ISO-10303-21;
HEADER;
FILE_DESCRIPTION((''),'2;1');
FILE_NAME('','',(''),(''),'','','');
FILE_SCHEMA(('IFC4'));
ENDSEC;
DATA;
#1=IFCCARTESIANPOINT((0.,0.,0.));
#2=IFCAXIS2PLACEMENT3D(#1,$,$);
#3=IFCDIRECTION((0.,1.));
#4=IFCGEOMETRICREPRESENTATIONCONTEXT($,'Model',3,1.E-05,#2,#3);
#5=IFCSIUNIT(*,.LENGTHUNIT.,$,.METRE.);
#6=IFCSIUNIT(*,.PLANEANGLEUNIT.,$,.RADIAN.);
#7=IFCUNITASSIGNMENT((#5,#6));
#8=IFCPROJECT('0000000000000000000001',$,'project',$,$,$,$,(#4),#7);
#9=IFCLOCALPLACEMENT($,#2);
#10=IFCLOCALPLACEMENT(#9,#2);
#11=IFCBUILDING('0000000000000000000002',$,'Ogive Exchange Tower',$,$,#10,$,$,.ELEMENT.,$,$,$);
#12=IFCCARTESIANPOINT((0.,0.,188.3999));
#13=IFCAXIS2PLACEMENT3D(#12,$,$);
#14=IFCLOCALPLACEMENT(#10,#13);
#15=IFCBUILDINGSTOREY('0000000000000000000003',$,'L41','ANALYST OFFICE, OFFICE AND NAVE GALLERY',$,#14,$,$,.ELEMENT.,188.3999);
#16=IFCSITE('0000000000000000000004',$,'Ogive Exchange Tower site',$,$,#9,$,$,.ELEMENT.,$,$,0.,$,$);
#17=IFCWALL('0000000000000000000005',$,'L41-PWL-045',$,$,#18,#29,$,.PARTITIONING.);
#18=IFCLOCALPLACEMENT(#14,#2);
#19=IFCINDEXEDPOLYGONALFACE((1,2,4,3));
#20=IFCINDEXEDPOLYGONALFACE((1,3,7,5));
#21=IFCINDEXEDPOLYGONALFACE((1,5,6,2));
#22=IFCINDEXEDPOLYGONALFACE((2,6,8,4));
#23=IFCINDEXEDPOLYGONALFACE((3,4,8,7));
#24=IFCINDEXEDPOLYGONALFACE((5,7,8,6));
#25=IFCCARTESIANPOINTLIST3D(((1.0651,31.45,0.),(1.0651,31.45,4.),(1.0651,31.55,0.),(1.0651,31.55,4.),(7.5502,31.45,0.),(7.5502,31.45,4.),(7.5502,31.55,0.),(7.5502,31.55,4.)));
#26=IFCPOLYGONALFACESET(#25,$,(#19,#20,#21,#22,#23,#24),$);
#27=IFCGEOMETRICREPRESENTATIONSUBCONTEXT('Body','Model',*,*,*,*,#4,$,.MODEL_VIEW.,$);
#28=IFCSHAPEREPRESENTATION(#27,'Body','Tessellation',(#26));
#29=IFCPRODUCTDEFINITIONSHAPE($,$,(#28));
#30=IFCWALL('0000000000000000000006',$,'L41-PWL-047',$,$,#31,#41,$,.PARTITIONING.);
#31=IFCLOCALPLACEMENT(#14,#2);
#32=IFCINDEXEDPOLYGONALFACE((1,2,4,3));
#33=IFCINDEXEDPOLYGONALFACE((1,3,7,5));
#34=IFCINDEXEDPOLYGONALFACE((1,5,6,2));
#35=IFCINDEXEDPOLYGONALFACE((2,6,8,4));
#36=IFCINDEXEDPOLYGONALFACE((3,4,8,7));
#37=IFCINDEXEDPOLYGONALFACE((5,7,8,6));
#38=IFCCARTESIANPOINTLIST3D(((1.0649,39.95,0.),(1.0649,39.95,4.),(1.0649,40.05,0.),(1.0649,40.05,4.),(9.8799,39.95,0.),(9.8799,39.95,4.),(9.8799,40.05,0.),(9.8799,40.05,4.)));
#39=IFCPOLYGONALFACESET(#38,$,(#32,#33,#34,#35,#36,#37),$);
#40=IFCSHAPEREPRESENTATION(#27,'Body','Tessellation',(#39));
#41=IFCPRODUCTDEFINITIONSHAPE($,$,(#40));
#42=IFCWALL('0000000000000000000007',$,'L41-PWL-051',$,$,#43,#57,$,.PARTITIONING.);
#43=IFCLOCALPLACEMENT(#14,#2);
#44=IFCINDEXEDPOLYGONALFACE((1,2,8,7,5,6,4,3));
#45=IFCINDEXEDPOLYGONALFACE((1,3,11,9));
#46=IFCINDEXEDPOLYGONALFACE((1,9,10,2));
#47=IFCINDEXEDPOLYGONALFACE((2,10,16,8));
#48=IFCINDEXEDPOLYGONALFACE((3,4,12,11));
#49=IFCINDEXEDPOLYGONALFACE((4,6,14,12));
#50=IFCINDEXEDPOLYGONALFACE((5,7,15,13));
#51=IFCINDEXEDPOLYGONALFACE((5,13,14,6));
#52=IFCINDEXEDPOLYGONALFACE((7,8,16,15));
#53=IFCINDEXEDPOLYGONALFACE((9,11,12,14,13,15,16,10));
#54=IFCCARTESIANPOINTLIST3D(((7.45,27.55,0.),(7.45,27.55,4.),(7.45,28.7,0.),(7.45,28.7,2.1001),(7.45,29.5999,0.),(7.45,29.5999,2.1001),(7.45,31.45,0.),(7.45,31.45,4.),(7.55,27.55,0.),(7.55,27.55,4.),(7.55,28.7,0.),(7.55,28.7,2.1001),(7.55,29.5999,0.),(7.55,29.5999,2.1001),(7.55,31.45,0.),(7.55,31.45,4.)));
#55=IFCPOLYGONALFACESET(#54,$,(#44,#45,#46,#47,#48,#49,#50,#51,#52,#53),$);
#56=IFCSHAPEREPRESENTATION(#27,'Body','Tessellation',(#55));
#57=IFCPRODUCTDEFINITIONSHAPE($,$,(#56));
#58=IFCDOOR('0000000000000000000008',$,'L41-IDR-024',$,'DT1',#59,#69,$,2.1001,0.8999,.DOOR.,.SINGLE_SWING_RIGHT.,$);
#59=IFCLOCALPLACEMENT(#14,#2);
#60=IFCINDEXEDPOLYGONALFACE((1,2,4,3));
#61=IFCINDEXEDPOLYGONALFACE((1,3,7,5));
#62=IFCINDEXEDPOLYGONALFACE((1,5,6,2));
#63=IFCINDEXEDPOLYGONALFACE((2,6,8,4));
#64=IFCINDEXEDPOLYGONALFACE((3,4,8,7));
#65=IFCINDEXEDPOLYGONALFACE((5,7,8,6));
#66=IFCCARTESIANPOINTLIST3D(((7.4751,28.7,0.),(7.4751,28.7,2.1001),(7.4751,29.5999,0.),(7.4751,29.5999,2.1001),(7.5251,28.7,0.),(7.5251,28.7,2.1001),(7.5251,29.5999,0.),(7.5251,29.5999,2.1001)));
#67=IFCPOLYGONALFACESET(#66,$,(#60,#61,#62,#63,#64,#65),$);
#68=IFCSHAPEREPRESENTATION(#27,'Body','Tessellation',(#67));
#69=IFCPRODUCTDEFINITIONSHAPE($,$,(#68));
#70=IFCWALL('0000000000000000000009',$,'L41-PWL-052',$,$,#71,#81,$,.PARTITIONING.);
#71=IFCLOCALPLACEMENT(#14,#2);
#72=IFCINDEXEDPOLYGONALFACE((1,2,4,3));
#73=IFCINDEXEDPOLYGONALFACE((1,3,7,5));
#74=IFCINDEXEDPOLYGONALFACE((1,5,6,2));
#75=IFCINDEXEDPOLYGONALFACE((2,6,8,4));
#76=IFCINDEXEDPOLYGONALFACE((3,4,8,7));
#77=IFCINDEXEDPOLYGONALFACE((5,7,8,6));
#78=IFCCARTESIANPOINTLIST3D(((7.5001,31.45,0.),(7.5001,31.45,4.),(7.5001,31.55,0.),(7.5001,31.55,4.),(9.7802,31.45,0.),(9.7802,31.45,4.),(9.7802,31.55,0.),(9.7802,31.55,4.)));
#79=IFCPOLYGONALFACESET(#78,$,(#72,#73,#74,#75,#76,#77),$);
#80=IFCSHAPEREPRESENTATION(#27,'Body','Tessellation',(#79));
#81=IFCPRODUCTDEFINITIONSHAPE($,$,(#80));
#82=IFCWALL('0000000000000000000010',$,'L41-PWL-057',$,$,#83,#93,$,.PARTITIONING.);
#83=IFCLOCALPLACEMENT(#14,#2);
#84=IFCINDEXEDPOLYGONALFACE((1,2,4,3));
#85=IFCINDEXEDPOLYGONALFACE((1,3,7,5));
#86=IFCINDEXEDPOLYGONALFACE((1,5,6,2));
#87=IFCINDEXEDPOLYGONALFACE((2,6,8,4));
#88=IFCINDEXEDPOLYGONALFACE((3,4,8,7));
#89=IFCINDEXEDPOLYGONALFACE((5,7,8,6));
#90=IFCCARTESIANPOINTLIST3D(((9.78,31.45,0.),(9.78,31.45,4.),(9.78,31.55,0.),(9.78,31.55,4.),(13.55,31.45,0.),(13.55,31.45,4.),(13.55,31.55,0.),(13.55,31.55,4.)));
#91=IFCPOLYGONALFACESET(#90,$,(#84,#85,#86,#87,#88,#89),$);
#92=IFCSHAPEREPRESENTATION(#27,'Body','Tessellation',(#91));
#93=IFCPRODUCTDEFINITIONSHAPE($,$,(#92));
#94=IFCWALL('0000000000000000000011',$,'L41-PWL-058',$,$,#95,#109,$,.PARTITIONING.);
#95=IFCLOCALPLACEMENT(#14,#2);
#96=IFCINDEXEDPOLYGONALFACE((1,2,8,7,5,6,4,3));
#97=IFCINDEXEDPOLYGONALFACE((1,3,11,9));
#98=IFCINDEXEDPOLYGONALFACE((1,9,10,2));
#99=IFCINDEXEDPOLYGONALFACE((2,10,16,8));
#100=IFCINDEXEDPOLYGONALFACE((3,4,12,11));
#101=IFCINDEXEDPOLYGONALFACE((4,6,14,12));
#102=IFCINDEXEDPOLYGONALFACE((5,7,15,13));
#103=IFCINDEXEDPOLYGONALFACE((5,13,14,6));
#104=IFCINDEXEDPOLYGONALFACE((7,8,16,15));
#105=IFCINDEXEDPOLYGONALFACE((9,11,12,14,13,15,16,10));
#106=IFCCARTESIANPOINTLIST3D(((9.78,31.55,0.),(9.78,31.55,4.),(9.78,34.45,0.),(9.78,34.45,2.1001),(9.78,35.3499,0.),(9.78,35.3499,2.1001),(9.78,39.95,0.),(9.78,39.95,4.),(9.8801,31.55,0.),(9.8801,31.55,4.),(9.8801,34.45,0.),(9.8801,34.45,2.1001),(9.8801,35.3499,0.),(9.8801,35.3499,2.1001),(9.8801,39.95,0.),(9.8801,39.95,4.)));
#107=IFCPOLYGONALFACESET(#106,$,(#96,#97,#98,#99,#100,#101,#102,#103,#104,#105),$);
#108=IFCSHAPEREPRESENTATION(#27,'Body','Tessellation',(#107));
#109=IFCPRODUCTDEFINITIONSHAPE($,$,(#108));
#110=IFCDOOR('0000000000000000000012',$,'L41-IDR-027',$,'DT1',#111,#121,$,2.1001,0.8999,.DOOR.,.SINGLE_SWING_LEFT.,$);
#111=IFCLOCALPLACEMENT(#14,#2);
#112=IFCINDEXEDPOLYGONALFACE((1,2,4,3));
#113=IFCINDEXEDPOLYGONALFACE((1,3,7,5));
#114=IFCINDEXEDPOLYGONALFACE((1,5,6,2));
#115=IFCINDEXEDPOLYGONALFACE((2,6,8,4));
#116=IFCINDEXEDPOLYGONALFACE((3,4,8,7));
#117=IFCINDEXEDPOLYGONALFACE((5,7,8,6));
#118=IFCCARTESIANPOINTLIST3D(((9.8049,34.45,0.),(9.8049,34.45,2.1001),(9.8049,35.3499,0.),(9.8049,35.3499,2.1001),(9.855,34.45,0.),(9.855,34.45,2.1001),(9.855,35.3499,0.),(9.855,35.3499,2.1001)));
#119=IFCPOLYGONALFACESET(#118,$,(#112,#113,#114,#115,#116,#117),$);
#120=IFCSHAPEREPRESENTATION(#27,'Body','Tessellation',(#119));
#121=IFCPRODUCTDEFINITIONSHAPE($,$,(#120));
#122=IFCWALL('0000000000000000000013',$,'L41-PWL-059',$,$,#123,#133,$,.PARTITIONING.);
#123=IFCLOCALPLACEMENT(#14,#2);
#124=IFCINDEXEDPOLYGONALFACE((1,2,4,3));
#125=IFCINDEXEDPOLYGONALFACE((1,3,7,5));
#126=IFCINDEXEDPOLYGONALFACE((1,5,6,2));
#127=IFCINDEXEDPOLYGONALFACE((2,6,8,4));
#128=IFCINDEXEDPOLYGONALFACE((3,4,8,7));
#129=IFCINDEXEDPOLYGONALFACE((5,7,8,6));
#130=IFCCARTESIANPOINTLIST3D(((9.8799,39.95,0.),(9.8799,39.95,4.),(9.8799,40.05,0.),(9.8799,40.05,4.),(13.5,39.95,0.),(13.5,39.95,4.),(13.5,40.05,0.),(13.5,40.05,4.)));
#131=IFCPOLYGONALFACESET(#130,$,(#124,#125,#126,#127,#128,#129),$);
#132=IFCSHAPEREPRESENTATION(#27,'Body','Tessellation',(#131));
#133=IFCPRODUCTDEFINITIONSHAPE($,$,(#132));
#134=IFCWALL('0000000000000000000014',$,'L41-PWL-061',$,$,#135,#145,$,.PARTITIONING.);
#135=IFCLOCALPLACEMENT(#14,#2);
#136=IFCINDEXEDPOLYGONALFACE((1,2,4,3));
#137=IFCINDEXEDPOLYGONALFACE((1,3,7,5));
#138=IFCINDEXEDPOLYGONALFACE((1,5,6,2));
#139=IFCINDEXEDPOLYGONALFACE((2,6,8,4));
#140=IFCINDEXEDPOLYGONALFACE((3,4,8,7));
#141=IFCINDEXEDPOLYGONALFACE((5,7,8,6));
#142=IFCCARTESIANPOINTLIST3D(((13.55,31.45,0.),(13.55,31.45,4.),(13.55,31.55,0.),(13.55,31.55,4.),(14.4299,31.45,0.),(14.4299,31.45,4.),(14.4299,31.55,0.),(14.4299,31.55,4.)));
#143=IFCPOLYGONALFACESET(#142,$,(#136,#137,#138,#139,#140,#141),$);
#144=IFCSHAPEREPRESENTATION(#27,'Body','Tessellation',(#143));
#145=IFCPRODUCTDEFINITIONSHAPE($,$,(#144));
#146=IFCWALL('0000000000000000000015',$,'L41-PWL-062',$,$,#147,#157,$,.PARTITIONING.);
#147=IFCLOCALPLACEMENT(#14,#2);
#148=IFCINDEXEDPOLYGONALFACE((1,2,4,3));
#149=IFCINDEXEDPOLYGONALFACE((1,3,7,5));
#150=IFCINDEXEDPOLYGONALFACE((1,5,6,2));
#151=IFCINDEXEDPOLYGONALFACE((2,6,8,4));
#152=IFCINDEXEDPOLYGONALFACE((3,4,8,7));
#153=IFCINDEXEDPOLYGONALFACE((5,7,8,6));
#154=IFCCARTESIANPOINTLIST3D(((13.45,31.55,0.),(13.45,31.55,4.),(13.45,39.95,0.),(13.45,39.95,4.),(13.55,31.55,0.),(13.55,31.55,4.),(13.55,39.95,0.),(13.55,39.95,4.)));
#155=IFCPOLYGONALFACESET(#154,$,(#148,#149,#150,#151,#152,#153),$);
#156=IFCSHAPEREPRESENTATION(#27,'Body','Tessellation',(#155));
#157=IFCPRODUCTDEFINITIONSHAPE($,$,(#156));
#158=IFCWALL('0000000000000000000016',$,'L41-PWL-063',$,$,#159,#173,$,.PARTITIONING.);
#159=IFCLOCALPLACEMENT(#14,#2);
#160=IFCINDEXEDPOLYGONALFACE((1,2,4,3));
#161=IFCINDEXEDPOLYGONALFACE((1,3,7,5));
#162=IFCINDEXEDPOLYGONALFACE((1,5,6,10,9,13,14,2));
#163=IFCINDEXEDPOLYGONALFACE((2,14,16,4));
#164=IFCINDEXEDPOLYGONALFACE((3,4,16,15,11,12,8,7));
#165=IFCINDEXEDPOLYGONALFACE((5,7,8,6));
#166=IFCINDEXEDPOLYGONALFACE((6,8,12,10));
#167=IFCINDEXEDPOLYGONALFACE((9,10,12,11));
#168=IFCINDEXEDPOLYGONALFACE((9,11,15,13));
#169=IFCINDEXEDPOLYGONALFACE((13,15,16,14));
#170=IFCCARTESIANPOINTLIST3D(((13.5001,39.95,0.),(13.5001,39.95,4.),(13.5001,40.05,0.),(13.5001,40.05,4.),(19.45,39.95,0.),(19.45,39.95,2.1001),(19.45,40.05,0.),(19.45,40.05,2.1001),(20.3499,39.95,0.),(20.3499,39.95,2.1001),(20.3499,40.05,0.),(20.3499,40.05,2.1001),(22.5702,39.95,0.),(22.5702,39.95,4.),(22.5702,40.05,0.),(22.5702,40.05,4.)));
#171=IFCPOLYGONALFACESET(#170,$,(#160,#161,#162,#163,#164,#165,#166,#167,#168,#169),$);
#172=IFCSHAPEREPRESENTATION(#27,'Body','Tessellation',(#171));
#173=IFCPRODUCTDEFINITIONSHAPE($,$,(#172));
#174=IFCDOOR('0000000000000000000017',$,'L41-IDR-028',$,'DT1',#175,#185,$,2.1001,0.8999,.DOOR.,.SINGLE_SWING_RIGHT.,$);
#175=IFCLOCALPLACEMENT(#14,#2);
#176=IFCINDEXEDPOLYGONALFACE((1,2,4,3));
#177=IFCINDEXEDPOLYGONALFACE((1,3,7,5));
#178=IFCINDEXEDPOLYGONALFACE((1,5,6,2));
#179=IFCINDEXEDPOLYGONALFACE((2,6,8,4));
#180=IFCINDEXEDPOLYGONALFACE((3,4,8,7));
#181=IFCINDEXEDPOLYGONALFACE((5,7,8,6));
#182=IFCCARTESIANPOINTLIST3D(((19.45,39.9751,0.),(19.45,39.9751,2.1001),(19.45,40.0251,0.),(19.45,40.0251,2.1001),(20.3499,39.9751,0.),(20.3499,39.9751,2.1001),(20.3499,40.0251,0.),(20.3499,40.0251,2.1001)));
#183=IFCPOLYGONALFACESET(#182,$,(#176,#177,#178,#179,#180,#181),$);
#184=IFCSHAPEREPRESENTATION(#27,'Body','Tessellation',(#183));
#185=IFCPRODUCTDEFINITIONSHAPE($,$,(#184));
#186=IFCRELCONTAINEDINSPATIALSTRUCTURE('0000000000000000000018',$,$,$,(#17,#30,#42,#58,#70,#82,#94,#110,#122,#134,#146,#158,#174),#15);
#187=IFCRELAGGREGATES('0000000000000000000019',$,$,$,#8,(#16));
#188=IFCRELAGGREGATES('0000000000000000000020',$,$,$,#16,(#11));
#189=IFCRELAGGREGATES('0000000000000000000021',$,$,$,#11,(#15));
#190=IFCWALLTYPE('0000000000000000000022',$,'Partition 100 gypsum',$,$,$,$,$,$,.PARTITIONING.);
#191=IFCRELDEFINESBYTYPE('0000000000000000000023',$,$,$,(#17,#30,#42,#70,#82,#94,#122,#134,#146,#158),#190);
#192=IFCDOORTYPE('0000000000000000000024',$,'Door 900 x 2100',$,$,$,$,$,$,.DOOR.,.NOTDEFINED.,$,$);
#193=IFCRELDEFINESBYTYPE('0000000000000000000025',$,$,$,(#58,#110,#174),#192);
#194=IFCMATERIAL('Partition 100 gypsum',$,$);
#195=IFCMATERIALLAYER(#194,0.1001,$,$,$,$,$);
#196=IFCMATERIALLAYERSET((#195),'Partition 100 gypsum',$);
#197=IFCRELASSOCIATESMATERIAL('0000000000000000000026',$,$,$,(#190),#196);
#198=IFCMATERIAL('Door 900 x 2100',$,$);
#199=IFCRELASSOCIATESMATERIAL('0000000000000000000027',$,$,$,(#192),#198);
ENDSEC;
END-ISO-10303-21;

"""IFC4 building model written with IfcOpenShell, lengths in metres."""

from ifc_helpers import new_model, si_unit, direction, frame, frame_2d, origin, place, context, subcontext, project, spatial, rectangle, extrude, material, layer, layer_set, type_object, element, fill, save


model = new_model("IFC4")

# Units and contexts
model_context = context("Model", 3, precision=1e-05, world=origin(), true_north=direction((0.0, 1.0)))
body_context = subcontext(model_context, "Body", "Model", "MODEL_VIEW")
ifc_project = project(units=[si_unit("LENGTHUNIT", "METRE"), si_unit("PLANEANGLEUNIT", "RADIAN")], contexts=[model_context])

# Site, building, storey
site_placement = place(None, origin())
site = spatial("IfcSite", under=ifc_project, at=site_placement, Name="Ogive Exchange Tower site", CompositionType="ELEMENT", RefElevation=0.0)
building_placement = place(site_placement, origin())
building = spatial("IfcBuilding", under=site, at=building_placement, Name="Ogive Exchange Tower", CompositionType="ELEMENT")
storey_placement = place(building_placement, frame((0.0, 0.0, 188.3999)))
storey = spatial("IfcBuildingStorey", under=building, at=storey_placement, Name="L41", Description="ANALYST OFFICE, OFFICE AND NAVE GALLERY", CompositionType="ELEMENT", Elevation=188.3999)

# Walls
ifc_material_1 = material(Name="Partition 100 gypsum")
ifc_layer_1 = layer(ifc_material_1, 0.1001)
ifc_layer_set_1 = layer_set([ifc_layer_1], Name="Partition 100 gypsum")
wall_type_1 = type_object("IfcWallType", Name="Partition 100 gypsum", PredefinedType="PARTITIONING", material=ifc_layer_set_1)
wall_1_placement = place(storey_placement, frame((1.0649, 31.5, 0.0), z_axis=(0.0, 0.0, 1.0), x_axis=(1.0, 0.0, 0.0)))
element("IfcWall", 1, at=wall_1_placement, inside=storey, type_object=wall_type_1, Name="L41-PWL-045", PredefinedType="PARTITIONING", context=body_context, shape_type="SweptSolid", body=[
    extrude(rectangle(XDim=6.4851, YDim=0.1001, at=frame_2d((3.2427, 0.0))), origin(), (0.0, 0.0, 1.0), 4.0),
])
wall_2_placement = place(storey_placement, frame((1.0649, 40.0, 0.0), z_axis=(0.0, 0.0, 1.0), x_axis=(1.0, 0.0, 0.0)))
element("IfcWall", 2, at=wall_2_placement, inside=storey, type_object=wall_type_1, Name="L41-PWL-047", PredefinedType="PARTITIONING", context=body_context, shape_type="SweptSolid", body=[
    extrude(rectangle(XDim=8.8149, YDim=0.1001, at=frame_2d((4.4075, 0.0))), origin(), (0.0, 0.0, 1.0), 4.0),
])

# Wall, opening, door
wall_3_placement = place(storey_placement, frame((7.5, 31.45, 0.0), z_axis=(0.0, 0.0, 1.0), x_axis=(0.0, -1.0, 0.0)))
wall_3 = element("IfcWall", 3, at=wall_3_placement, inside=storey, type_object=wall_type_1, Name="L41-PWL-051", PredefinedType="PARTITIONING", context=body_context, shape_type="SweptSolid", body=[
    extrude(rectangle(XDim=3.8999, YDim=0.1001, at=frame_2d((1.95, 0.0))), origin(), (0.0, 0.0, 1.0), 4.0),
])
opening_1_placement = place(wall_3_placement, frame((1.8501, 0.0, 0.0)))
opening_1 = element("IfcOpeningElement", 4, at=opening_1_placement, cuts=wall_3, PredefinedType="OPENING", context=body_context, shape_type="SweptSolid", body=[
    extrude(rectangle(XDim=0.8999, YDim=2.1001, at=frame_2d((0.45, 1.05))), frame((0.0, 0.0601, 0.0), z_axis=(0.0, -1.0, 0.0), x_axis=(1.0, 0.0, 0.0)), (0.0, 0.0, 1.0), 0.1201),
])
ifc_material_2 = material(Name="Door 900 x 2100")
door_type_1 = type_object("IfcDoorType", Name="Door 900 x 2100", OperationType="NOTDEFINED", PredefinedType="DOOR", material=ifc_material_2)
door_1_placement = place(opening_1_placement, frame((0.8999, 0.0, 0.0), z_axis=(0.0, 0.0, 1.0), x_axis=(-1.0, 0.0, 0.0)))
door_1 = element("IfcDoor", 5, at=door_1_placement, inside=storey, type_object=door_type_1, Name="L41-IDR-024", ObjectType="DT1", OperationType="SINGLE_SWING_RIGHT", OverallHeight=2.1001, OverallWidth=0.8999, PredefinedType="DOOR", context=body_context, shape_type="SweptSolid", body=[
    extrude(rectangle(XDim=0.8999, YDim=2.1001, at=frame_2d((0.45, 1.05))), frame((0.0, 0.0249, 0.0), z_axis=(0.0, -1.0, 0.0), x_axis=(1.0, 0.0, 0.0)), (0.0, 0.0, 1.0), 0.05),
])
fill(opening_1, door_1)

# Walls
wall_4_placement = place(storey_placement, frame((7.5, 31.5, 0.0), z_axis=(0.0, 0.0, 1.0), x_axis=(1.0, 0.0, 0.0)))
element("IfcWall", 6, at=wall_4_placement, inside=storey, type_object=wall_type_1, Name="L41-PWL-052", PredefinedType="PARTITIONING", context=body_context, shape_type="SweptSolid", body=[
    extrude(rectangle(XDim=2.28, YDim=0.1001, at=frame_2d((1.1401, 0.0))), origin(), (0.0, 0.0, 1.0), 4.0),
])
wall_5_placement = place(storey_placement, frame((9.78, 31.5, 0.0), z_axis=(0.0, 0.0, 1.0), x_axis=(1.0, 0.0, 0.0)))
element("IfcWall", 7, at=wall_5_placement, inside=storey, type_object=wall_type_1, Name="L41-PWL-057", PredefinedType="PARTITIONING", context=body_context, shape_type="SweptSolid", body=[
    extrude(rectangle(XDim=3.77, YDim=0.1001, at=frame_2d((1.885, 0.0))), origin(), (0.0, 0.0, 1.0), 4.0),
])

# Wall, opening, door
wall_6_placement = place(storey_placement, frame((9.8301, 39.95, 0.0), z_axis=(0.0, 0.0, 1.0), x_axis=(0.0, -1.0, 0.0)))
wall_6 = element("IfcWall", 8, at=wall_6_placement, inside=storey, type_object=wall_type_1, Name="L41-PWL-058", PredefinedType="PARTITIONING", context=body_context, shape_type="SweptSolid", body=[
    extrude(rectangle(XDim=8.3999, YDim=0.1001, at=frame_2d((4.2, 0.0))), origin(), (0.0, 0.0, 1.0), 4.0),
])
opening_2_placement = place(wall_6_placement, frame((4.6001, 0.0, 0.0)))
opening_2 = element("IfcOpeningElement", 9, at=opening_2_placement, cuts=wall_6, PredefinedType="OPENING", context=body_context, shape_type="SweptSolid", body=[
    extrude(rectangle(XDim=0.8999, YDim=2.1001, at=frame_2d((0.45, 1.05))), frame((0.0, 0.0601, 0.0), z_axis=(0.0, -1.0, 0.0), x_axis=(1.0, 0.0, 0.0)), (0.0, 0.0, 1.0), 0.1201),
])
door_2_placement = place(opening_2_placement, origin())
door_2 = element("IfcDoor", 10, at=door_2_placement, inside=storey, type_object=door_type_1, Name="L41-IDR-027", ObjectType="DT1", OperationType="SINGLE_SWING_LEFT", OverallHeight=2.1001, OverallWidth=0.8999, PredefinedType="DOOR", context=body_context, shape_type="SweptSolid", body=[
    extrude(rectangle(XDim=0.8999, YDim=2.1001, at=frame_2d((0.45, 1.05))), frame((0.0, 0.0249, 0.0), z_axis=(0.0, -1.0, 0.0), x_axis=(1.0, 0.0, 0.0)), (0.0, 0.0, 1.0), 0.05),
])
fill(opening_2, door_2)

# Walls
wall_7_placement = place(storey_placement, frame((9.8799, 40.0, 0.0), z_axis=(0.0, 0.0, 1.0), x_axis=(1.0, 0.0, 0.0)))
element("IfcWall", 11, at=wall_7_placement, inside=storey, type_object=wall_type_1, Name="L41-PWL-059", PredefinedType="PARTITIONING", context=body_context, shape_type="SweptSolid", body=[
    extrude(rectangle(XDim=3.6201, YDim=0.1001, at=frame_2d((1.8101, 0.0))), origin(), (0.0, 0.0, 1.0), 4.0),
])
wall_8_placement = place(storey_placement, frame((13.55, 31.5, 0.0), z_axis=(0.0, 0.0, 1.0), x_axis=(1.0, 0.0, 0.0)))
element("IfcWall", 12, at=wall_8_placement, inside=storey, type_object=wall_type_1, Name="L41-PWL-061", PredefinedType="PARTITIONING", context=body_context, shape_type="SweptSolid", body=[
    extrude(rectangle(XDim=0.8799, YDim=0.1001, at=frame_2d((0.4399, 0.0))), origin(), (0.0, 0.0, 1.0), 4.0),
])
wall_9_placement = place(storey_placement, frame((13.5, 39.95, 0.0), z_axis=(0.0, 0.0, 1.0), x_axis=(0.0, -1.0, 0.0)))
element("IfcWall", 13, at=wall_9_placement, inside=storey, type_object=wall_type_1, Name="L41-PWL-062", PredefinedType="PARTITIONING", context=body_context, shape_type="SweptSolid", body=[
    extrude(rectangle(XDim=8.3999, YDim=0.1001, at=frame_2d((4.2, 0.0))), origin(), (0.0, 0.0, 1.0), 4.0),
])

# Wall, opening, door
wall_10_placement = place(storey_placement, frame((13.5, 40.0, 0.0), z_axis=(0.0, 0.0, 1.0), x_axis=(1.0, 0.0, 0.0)))
wall_10 = element("IfcWall", 14, at=wall_10_placement, inside=storey, type_object=wall_type_1, Name="L41-PWL-063", PredefinedType="PARTITIONING", context=body_context, shape_type="SweptSolid", body=[
    extrude(rectangle(XDim=9.0701, YDim=0.1001, at=frame_2d((4.5352, 0.0))), origin(), (0.0, 0.0, 1.0), 4.0),
])
opening_3_placement = place(wall_10_placement, frame((5.95, 0.0, 0.0)))
opening_3 = element("IfcOpeningElement", 15, at=opening_3_placement, cuts=wall_10, PredefinedType="OPENING", context=body_context, shape_type="SweptSolid", body=[
    extrude(rectangle(XDim=0.8999, YDim=2.1001, at=frame_2d((0.45, 1.05))), frame((0.0, 0.0601, 0.0), z_axis=(0.0, -1.0, 0.0), x_axis=(1.0, 0.0, 0.0)), (0.0, 0.0, 1.0), 0.1201),
])
door_3_placement = place(opening_3_placement, frame((0.8999, 0.0, 0.0), z_axis=(0.0, 0.0, 1.0), x_axis=(-1.0, 0.0, 0.0)))
door_3 = element("IfcDoor", 16, at=door_3_placement, inside=storey, type_object=door_type_1, Name="L41-IDR-028", ObjectType="DT1", OperationType="SINGLE_SWING_RIGHT", OverallHeight=2.1001, OverallWidth=0.8999, PredefinedType="DOOR", context=body_context, shape_type="SweptSolid", body=[
    extrude(rectangle(XDim=0.8999, YDim=2.1001, at=frame_2d((0.45, 1.05))), frame((0.0, 0.0249, 0.0), z_axis=(0.0, -1.0, 0.0), x_axis=(1.0, 0.0, 0.0)), (0.0, 0.0, 1.0), 0.05),
])
fill(opening_3, door_3)

save(model, "model.ifc")
